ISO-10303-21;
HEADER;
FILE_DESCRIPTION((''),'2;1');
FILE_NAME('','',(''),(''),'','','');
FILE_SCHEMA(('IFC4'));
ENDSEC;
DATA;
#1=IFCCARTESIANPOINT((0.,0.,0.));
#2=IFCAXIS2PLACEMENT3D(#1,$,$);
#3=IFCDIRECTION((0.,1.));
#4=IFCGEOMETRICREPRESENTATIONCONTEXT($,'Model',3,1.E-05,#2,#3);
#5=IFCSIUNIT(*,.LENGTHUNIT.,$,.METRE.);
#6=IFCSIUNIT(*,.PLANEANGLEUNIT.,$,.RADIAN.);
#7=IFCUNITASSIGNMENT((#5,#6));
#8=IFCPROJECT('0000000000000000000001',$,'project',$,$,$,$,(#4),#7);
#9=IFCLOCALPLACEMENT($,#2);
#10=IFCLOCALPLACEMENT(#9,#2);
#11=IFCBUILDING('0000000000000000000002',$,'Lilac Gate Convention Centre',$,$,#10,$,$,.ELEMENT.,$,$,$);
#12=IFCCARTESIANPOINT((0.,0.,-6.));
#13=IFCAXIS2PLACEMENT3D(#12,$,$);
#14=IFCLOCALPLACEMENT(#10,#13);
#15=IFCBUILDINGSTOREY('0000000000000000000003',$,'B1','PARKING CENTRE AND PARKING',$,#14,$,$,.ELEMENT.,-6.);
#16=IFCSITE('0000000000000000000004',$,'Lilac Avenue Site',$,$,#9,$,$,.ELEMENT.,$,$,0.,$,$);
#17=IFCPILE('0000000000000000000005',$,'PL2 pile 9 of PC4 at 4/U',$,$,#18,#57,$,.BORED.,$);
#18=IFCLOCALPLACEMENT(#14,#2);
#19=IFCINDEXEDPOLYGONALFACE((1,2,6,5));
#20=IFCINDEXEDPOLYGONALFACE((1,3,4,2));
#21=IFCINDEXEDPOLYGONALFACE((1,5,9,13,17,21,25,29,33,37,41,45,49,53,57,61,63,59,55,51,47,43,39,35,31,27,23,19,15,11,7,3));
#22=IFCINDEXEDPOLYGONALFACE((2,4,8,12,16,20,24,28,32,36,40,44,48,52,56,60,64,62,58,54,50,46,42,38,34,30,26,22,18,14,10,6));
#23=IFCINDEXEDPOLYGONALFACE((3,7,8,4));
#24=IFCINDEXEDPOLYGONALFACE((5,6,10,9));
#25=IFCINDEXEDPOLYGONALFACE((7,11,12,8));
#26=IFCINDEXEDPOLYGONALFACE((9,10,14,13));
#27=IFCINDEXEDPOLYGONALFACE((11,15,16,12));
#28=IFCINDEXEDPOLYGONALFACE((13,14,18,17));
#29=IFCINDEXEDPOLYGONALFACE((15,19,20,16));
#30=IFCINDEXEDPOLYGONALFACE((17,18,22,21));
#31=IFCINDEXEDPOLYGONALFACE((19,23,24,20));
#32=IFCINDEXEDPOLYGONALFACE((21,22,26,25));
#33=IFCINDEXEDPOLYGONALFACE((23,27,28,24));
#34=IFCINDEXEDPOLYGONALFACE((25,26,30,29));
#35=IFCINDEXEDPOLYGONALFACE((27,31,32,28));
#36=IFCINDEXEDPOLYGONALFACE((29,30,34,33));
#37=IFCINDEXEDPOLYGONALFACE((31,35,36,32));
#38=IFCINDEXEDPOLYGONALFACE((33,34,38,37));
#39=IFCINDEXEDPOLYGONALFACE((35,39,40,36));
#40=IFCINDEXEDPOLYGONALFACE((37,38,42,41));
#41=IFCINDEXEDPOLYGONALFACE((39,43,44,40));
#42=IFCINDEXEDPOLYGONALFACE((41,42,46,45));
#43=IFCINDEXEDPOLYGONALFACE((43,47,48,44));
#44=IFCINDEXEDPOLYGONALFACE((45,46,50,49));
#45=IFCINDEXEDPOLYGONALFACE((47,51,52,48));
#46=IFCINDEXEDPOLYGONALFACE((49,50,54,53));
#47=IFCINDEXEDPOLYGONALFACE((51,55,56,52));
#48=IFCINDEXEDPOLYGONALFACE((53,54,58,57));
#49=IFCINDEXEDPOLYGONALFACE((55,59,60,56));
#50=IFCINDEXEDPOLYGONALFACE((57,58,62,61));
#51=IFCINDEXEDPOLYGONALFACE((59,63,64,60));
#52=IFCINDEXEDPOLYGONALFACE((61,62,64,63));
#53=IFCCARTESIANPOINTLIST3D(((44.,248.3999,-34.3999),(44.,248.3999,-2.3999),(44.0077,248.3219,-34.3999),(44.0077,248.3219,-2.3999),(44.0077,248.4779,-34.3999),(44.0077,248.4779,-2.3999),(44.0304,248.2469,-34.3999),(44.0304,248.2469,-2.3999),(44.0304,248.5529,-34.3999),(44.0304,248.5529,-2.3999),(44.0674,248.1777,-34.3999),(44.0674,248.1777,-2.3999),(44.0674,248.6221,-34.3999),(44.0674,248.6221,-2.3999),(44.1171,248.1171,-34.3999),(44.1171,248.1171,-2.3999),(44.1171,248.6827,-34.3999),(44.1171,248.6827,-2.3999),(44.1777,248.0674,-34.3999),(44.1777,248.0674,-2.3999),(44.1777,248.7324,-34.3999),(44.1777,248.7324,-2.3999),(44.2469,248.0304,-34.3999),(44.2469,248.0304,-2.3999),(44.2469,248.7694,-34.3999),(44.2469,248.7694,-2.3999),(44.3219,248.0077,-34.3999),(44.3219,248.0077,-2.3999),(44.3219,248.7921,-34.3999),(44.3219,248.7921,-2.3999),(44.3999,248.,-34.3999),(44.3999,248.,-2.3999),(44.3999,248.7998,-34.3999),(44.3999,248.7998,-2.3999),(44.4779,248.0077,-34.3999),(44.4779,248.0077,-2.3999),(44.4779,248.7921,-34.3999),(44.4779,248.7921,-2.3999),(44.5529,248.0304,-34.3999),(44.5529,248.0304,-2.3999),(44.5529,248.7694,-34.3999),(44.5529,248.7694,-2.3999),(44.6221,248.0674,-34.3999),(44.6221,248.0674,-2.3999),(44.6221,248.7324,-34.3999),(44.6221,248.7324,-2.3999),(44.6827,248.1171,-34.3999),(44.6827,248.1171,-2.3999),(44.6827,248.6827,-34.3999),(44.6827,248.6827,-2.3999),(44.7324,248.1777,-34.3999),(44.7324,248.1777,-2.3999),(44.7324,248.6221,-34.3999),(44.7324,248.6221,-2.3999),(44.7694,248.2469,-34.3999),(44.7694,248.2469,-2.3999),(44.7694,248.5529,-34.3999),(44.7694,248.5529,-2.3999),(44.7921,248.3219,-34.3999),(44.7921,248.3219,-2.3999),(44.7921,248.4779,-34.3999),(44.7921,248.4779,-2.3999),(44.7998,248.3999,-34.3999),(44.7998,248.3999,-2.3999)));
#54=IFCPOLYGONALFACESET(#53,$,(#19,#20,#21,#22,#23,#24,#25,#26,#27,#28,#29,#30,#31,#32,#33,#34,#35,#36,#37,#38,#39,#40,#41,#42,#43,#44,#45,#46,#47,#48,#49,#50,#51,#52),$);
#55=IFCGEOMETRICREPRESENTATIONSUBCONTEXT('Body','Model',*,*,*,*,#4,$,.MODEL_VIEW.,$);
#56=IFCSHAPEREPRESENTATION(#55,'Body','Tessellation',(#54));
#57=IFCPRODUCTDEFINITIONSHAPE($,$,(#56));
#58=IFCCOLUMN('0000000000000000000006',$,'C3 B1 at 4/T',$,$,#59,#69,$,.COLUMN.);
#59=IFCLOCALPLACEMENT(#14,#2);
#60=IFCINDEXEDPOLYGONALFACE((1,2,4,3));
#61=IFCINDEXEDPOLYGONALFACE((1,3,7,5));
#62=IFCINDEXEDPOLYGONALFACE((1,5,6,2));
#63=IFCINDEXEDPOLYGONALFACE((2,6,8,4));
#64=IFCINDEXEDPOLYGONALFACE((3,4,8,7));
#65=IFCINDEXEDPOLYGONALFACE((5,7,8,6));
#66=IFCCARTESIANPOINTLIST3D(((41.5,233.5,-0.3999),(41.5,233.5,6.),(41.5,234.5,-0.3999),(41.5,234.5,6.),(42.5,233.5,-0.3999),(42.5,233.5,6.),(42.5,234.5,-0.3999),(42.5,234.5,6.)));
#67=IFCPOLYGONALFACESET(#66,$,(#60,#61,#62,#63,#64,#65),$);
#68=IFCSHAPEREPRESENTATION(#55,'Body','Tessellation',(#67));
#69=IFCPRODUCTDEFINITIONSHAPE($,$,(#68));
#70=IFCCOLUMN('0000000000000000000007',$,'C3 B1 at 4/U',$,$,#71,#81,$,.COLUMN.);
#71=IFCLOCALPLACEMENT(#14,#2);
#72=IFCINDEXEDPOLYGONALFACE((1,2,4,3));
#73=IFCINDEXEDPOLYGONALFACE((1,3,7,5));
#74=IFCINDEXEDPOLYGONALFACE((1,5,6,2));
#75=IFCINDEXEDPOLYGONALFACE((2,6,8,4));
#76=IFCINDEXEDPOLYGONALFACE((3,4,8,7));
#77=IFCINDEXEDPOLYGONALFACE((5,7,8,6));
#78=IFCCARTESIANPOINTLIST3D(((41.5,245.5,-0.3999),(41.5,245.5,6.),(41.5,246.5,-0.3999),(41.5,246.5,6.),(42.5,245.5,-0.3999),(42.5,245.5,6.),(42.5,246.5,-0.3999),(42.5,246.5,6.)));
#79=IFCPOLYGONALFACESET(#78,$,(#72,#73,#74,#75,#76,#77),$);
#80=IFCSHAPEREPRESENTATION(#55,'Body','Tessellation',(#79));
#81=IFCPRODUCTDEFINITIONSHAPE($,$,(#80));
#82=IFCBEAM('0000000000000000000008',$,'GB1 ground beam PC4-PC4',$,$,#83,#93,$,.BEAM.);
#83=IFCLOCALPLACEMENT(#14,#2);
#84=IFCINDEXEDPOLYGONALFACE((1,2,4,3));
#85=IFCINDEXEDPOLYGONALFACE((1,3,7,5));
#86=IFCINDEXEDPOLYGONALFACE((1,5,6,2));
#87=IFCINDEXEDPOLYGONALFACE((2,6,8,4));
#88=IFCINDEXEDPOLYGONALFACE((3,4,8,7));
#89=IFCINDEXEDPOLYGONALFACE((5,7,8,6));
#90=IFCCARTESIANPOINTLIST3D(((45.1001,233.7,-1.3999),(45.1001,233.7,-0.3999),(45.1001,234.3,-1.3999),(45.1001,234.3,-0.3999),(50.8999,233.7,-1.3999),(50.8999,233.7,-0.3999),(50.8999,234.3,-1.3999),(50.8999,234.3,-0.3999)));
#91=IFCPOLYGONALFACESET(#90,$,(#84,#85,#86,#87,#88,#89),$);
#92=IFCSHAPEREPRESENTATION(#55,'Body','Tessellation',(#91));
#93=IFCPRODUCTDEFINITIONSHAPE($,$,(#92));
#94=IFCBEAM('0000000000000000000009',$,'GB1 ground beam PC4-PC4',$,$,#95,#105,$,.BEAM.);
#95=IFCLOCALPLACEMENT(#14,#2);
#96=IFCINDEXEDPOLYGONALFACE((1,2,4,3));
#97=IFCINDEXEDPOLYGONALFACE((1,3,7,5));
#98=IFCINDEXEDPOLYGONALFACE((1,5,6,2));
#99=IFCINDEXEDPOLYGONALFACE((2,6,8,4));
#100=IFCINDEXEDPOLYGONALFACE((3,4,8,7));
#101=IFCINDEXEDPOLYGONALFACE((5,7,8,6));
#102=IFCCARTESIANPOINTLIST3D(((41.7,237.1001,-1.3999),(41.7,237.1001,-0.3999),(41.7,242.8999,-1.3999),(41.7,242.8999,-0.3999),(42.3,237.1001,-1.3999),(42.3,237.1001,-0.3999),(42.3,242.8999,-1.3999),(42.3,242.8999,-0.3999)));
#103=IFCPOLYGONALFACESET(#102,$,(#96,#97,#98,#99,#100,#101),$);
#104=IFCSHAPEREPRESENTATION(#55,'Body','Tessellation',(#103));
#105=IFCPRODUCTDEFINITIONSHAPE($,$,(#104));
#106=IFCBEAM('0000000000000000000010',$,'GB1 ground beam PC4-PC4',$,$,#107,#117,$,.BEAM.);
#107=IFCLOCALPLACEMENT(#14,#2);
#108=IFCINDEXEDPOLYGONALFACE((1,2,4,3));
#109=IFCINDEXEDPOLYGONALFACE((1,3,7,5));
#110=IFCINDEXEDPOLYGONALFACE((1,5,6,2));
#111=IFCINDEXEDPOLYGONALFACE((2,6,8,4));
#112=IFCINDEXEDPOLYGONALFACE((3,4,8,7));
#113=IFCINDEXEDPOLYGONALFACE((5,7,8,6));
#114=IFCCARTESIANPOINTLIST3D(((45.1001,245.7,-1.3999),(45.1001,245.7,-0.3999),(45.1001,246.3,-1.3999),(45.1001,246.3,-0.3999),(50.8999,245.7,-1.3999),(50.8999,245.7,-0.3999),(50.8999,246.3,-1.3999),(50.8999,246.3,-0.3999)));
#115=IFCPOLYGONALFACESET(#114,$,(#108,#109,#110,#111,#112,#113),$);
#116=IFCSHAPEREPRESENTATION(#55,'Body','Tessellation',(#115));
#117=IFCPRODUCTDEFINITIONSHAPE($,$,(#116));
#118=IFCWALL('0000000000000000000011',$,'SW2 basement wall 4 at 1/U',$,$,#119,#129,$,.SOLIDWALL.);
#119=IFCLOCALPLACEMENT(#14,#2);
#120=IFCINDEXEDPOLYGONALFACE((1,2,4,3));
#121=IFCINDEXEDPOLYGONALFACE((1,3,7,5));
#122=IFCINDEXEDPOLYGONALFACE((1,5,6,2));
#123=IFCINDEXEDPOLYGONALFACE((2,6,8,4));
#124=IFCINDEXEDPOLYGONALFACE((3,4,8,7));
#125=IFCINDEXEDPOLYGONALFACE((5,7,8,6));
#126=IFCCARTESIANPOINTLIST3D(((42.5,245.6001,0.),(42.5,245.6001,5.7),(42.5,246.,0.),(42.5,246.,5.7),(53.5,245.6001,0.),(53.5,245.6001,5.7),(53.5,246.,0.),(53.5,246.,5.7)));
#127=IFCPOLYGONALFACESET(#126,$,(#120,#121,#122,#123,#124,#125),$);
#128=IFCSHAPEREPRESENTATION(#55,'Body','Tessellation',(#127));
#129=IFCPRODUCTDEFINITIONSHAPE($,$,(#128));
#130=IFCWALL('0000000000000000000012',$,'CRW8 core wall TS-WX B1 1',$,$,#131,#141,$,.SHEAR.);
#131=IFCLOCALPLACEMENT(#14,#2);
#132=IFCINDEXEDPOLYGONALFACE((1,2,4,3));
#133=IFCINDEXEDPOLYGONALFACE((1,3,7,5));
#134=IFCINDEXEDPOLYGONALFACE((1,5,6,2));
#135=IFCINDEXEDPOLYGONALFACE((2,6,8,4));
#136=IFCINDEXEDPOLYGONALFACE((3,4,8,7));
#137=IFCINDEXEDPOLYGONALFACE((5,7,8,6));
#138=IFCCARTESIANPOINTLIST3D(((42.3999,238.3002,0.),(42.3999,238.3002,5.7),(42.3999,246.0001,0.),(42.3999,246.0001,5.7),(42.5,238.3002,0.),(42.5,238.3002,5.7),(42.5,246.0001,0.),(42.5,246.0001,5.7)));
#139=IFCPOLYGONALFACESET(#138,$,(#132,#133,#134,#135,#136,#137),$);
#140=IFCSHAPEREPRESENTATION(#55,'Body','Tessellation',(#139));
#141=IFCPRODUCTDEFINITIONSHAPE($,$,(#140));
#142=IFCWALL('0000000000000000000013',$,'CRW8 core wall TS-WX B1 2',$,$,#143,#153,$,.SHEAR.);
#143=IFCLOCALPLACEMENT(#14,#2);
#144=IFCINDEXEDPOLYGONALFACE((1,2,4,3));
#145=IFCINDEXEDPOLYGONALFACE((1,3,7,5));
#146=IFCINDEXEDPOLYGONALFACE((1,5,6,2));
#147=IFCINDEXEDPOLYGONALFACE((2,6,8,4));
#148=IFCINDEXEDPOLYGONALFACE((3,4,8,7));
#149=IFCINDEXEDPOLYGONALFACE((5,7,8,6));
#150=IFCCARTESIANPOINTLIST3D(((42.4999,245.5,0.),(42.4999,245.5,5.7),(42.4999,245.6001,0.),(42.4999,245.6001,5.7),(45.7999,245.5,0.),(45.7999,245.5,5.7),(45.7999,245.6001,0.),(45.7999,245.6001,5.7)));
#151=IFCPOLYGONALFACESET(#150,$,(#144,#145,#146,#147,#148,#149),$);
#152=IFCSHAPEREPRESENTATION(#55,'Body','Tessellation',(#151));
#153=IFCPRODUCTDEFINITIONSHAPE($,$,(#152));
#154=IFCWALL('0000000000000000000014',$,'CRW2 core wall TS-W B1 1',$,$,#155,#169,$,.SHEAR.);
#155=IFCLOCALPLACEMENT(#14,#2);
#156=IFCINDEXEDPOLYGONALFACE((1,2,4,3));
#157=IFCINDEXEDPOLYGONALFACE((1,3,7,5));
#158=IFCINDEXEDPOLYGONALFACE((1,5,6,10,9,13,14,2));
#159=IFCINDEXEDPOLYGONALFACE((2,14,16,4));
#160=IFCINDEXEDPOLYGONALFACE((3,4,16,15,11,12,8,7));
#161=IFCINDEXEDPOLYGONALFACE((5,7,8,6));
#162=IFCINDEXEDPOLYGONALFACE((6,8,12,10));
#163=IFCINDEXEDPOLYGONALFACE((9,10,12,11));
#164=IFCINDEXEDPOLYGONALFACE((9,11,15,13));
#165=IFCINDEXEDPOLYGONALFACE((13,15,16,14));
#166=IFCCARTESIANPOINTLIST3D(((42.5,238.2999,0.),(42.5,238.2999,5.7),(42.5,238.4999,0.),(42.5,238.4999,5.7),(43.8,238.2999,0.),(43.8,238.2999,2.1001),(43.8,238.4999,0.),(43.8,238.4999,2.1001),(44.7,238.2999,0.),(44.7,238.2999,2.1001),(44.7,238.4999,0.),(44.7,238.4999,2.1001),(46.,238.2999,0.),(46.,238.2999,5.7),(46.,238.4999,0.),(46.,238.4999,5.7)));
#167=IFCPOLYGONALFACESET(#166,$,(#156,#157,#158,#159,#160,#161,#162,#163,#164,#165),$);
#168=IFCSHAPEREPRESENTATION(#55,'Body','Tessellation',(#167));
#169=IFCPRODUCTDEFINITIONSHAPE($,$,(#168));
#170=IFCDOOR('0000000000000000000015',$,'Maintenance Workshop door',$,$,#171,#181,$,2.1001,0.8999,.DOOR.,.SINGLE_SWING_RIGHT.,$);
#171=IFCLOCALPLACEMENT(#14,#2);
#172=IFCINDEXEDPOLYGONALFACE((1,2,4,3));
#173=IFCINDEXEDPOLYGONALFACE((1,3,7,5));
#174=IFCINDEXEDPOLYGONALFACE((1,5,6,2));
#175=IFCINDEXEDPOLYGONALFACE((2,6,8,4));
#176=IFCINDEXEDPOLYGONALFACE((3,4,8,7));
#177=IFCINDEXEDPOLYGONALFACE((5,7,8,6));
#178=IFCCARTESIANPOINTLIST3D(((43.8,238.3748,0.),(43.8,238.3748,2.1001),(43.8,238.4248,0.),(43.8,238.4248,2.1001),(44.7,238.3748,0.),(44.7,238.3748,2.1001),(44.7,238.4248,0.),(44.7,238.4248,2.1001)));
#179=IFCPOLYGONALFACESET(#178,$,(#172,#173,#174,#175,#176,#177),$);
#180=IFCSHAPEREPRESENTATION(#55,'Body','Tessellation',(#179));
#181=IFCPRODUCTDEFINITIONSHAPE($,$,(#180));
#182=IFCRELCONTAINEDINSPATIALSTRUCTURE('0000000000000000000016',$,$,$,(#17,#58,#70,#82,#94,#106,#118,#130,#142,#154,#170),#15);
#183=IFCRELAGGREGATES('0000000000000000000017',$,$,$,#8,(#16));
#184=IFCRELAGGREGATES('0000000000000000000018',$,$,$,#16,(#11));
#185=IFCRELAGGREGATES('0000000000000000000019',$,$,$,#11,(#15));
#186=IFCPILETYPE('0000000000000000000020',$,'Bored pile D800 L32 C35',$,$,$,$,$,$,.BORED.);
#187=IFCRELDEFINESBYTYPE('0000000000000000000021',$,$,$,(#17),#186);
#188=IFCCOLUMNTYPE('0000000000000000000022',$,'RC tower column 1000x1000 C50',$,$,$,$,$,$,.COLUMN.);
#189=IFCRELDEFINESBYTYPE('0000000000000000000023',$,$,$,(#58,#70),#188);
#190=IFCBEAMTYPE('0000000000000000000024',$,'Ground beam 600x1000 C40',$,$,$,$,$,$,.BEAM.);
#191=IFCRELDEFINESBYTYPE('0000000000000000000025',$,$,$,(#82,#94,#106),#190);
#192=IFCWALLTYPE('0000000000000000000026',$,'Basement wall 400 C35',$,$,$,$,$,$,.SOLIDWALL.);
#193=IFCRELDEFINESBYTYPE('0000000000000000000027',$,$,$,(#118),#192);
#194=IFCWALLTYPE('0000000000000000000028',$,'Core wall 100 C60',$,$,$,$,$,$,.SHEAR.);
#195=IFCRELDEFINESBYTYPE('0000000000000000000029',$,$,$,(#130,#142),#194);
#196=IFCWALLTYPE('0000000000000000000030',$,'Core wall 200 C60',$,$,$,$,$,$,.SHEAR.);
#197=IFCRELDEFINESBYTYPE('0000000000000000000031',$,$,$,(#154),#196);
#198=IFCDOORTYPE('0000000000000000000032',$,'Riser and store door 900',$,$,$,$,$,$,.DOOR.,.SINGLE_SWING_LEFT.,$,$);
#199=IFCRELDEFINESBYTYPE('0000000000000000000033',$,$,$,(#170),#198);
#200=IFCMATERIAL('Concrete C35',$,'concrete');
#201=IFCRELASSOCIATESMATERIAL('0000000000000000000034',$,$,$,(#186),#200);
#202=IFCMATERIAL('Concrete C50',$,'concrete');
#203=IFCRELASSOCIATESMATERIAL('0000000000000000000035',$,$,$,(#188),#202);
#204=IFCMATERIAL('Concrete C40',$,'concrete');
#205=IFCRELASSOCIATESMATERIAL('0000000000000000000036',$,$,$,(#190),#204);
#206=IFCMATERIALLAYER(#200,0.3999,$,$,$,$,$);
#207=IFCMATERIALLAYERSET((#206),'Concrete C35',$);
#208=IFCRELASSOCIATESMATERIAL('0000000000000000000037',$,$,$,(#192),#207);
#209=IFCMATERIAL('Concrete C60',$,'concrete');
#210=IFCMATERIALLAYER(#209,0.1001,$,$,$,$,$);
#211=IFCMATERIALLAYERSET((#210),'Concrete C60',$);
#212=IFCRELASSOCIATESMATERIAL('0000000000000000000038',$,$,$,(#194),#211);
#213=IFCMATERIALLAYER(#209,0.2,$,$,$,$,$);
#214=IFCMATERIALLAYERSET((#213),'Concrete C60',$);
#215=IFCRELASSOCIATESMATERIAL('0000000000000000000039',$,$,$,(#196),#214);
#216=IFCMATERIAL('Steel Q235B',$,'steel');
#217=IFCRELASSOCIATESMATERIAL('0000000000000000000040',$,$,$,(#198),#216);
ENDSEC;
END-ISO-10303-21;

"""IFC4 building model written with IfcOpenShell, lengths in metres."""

from ifc_helpers import new_model, si_unit, direction, frame, frame_2d, origin, origin_2d, place, context, subcontext, project, spatial, rectangle, circle, extrude, material, layer, layer_set, material_profile, profile_set, type_object, element, fill, save


model = new_model("IFC4")

# Units and contexts
model_context = context("Model", 3, precision=1e-05, world=origin(), true_north=direction((0.0, 1.0)))
body_context = subcontext(model_context, "Body", "Model", "MODEL_VIEW")
ifc_project = project(units=[si_unit("LENGTHUNIT", "METRE"), si_unit("PLANEANGLEUNIT", "RADIAN")], contexts=[model_context])

# Site, building, storey
site_placement = place(None, origin())
site = spatial("IfcSite", under=ifc_project, at=site_placement, Name="Lilac Avenue Site", CompositionType="ELEMENT", RefElevation=0.0)
building_placement = place(site_placement, origin())
building = spatial("IfcBuilding", under=site, at=building_placement, Name="Lilac Gate Convention Centre", CompositionType="ELEMENT")
storey_placement = place(building_placement, frame((0.0, 0.0, -6.0)))
storey = spatial("IfcBuildingStorey", under=building, at=storey_placement, Name="B1", Description="PARKING CENTRE AND PARKING", CompositionType="ELEMENT", Elevation=-6.0)

# Pile
ifc_material_1 = material(Name="Concrete C35", Category="concrete")
ifc_material_profile_1 = material_profile(ifc_material_1, circle(Radius=0.3999, at=origin_2d()), Name="D800")
ifc_profile_set_1 = profile_set([ifc_material_profile_1], Name="Concrete C35")
pile_type = type_object("IfcPileType", Name="Bored pile D800 L32 C35", PredefinedType="BORED", material=ifc_profile_set_1)
for number, where, z_axis, x_axis, name in (
    (1, (44.3999, 248.3999, -2.3999), (0.0, 0.0, -1.0), (1.0, 0.0, 0.0), "PL2 pile 9 of PC4 at 4/U"),
):
    element("IfcPile", number, at=place(storey_placement, frame(where, z_axis=z_axis, x_axis=x_axis)), inside=storey, type_object=pile_type, Name=name, PredefinedType="BORED", context=body_context, shape_type="SweptSolid", body=[
        extrude(circle(Radius=0.3999, at=origin_2d()), origin(), (0.0, 0.0, 1.0), 32.0),
    ])

# Columns
ifc_material_2 = material(Name="Concrete C50", Category="concrete")
ifc_material_profile_2 = material_profile(ifc_material_2, rectangle(XDim=1.0, YDim=1.0, at=origin_2d()), Name="RC 1000x1000")
ifc_profile_set_2 = profile_set([ifc_material_profile_2], Name="Concrete C50")
column_type = type_object("IfcColumnType", Name="RC tower column 1000x1000 C50", PredefinedType="COLUMN", material=ifc_profile_set_2)
for number, where, z_axis, x_axis, name in (
    (2, (42.0, 234.0, -0.3999), (0.0, 0.0, 1.0), (1.0, 0.0, 0.0), "C3 B1 at 4/T"),
    (3, (42.0, 246.0, -0.3999), (0.0, 0.0, 1.0), (1.0, 0.0, 0.0), "C3 B1 at 4/U"),
):
    element("IfcColumn", number, at=place(storey_placement, frame(where, z_axis=z_axis, x_axis=x_axis)), inside=storey, type_object=column_type, Name=name, PredefinedType="COLUMN", context=body_context, shape_type="SweptSolid", body=[
        extrude(rectangle(XDim=1.0, YDim=1.0, at=origin_2d()), origin(), (0.0, 0.0, 1.0), 6.3999),
    ])

# Beams
ifc_material_3 = material(Name="Concrete C40", Category="concrete")
ifc_material_profile_3 = material_profile(ifc_material_3, rectangle(XDim=0.6001, YDim=1.0, at=origin_2d()), Name="RC 600x1000")
ifc_profile_set_3 = profile_set([ifc_material_profile_3], Name="Concrete C40")
beam_type = type_object("IfcBeamType", Name="Ground beam 600x1000 C40", PredefinedType="BEAM", material=ifc_profile_set_3)
for number, where, z_axis, x_axis, name in (
    (4, (45.1001, 234.0, -0.8999), (1.0, 0.0, 0.0), (0.0, 1.0, 0.0), "GB1 ground beam PC4-PC4"),
    (5, (42.0, 237.1001, -0.8999), (0.0, 1.0, 0.0), (-1.0, 0.0, 0.0), "GB1 ground beam PC4-PC4"),
    (6, (45.1001, 246.0, -0.8999), (1.0, 0.0, 0.0), (0.0, 1.0, 0.0), "GB1 ground beam PC4-PC4"),
):
    element("IfcBeam", number, at=place(storey_placement, frame(where, z_axis=z_axis, x_axis=x_axis)), inside=storey, type_object=beam_type, Name=name, PredefinedType="BEAM", context=body_context, shape_type="SweptSolid", body=[
        extrude(rectangle(XDim=0.6001, YDim=1.0, at=origin_2d()), origin(), (0.0, 0.0, 1.0), 5.7998),
    ])

# Walls
ifc_layer_1 = layer(ifc_material_1, 0.3999)
ifc_layer_set_1 = layer_set([ifc_layer_1], Name="Concrete C35")
wall_type_1 = type_object("IfcWallType", Name="Basement wall 400 C35", PredefinedType="SOLIDWALL", material=ifc_layer_set_1)
wall_1_placement = place(storey_placement, frame((42.5, 245.8, 0.0), z_axis=(0.0, 0.0, 1.0), x_axis=(1.0, 0.0, 0.0)))
element("IfcWall", 7, at=wall_1_placement, inside=storey, type_object=wall_type_1, Name="SW2 basement wall 4 at 1/U", PredefinedType="SOLIDWALL", context=body_context, shape_type="SweptSolid", body=[
    extrude(rectangle(XDim=11.0, YDim=0.3999, at=frame_2d((5.5, 0.0))), origin(), (0.0, 0.0, 1.0), 5.7),
])
ifc_material_4 = material(Name="Concrete C60", Category="concrete")
ifc_layer_2 = layer(ifc_material_4, 0.1001)
ifc_layer_set_2 = layer_set([ifc_layer_2], Name="Concrete C60")
wall_type_2 = type_object("IfcWallType", Name="Core wall 100 C60", PredefinedType="SHEAR", material=ifc_layer_set_2)
wall_2_placement = place(storey_placement, frame((42.45, 238.3, 0.0), z_axis=(0.0, 0.0, 1.0), x_axis=(0.0, 1.0, 0.0)))
element("IfcWall", 8, at=wall_2_placement, inside=storey, type_object=wall_type_2, Name="CRW8 core wall TS-WX B1 1", PredefinedType="SHEAR", context=body_context, shape_type="SweptSolid", body=[
    extrude(rectangle(XDim=7.7, YDim=0.1001, at=frame_2d((3.8501, 0.0))), origin(), (0.0, 0.0, 1.0), 5.7),
])
wall_3_placement = place(storey_placement, frame((42.5, 245.55, 0.0), z_axis=(0.0, 0.0, 1.0), x_axis=(1.0, 0.0, 0.0)))
element("IfcWall", 9, at=wall_3_placement, inside=storey, type_object=wall_type_2, Name="CRW8 core wall TS-WX B1 2", PredefinedType="SHEAR", context=body_context, shape_type="SweptSolid", body=[
    extrude(rectangle(XDim=3.3, YDim=0.1001, at=frame_2d((1.6499, 0.0))), origin(), (0.0, 0.0, 1.0), 5.7),
])

# Wall, opening, door
ifc_layer_3 = layer(ifc_material_4, 0.2)
ifc_layer_set_3 = layer_set([ifc_layer_3], Name="Concrete C60")
wall_type_3 = type_object("IfcWallType", Name="Core wall 200 C60", PredefinedType="SHEAR", material=ifc_layer_set_3)
wall_4_placement = place(storey_placement, frame((42.5, 238.3999, 0.0), z_axis=(0.0, 0.0, 1.0), x_axis=(1.0, 0.0, 0.0)))
wall_4 = element("IfcWall", 10, at=wall_4_placement, inside=storey, type_object=wall_type_3, Name="CRW2 core wall TS-W B1 1", PredefinedType="SHEAR", context=body_context, shape_type="SweptSolid", body=[
    extrude(rectangle(XDim=3.5, YDim=0.2, at=frame_2d((1.75, 0.0))), origin(), (0.0, 0.0, 1.0), 5.7),
])
opening_1_placement = place(wall_4_placement, frame((1.3, 0.0, 0.0)))
opening_1 = element("IfcOpeningElement", 11, at=opening_1_placement, cuts=wall_4, PredefinedType="OPENING", context=body_context, shape_type="SweptSolid", body=[
    extrude(rectangle(XDim=0.8999, YDim=2.1001, at=frame_2d((0.45, 1.05))), frame((0.0, 0.1099, 0.0), z_axis=(0.0, -1.0, 0.0), x_axis=(1.0, 0.0, 0.0)), (0.0, 0.0, 1.0), 0.22),
])
ifc_material_5 = material(Name="Steel Q235B", Category="steel")
door_type_1 = type_object("IfcDoorType", Name="Riser and store door 900", OperationType="SINGLE_SWING_LEFT", PredefinedType="DOOR", material=ifc_material_5)
door_1_placement = place(opening_1_placement, origin())
door_1 = element("IfcDoor", 12, at=door_1_placement, inside=storey, type_object=door_type_1, Name="Maintenance Workshop door", OperationType="SINGLE_SWING_RIGHT", OverallHeight=2.1001, OverallWidth=0.8999, PredefinedType="DOOR", context=body_context, shape_type="SweptSolid", body=[
    extrude(rectangle(XDim=0.8999, YDim=2.1001, at=frame_2d((0.45, 1.05))), frame((0.0, 0.0249, 0.0), z_axis=(0.0, -1.0, 0.0), x_axis=(1.0, 0.0, 0.0)), (0.0, 0.0, 1.0), 0.05),
])
fill(opening_1, door_1)

save(model, "model.ifc")
